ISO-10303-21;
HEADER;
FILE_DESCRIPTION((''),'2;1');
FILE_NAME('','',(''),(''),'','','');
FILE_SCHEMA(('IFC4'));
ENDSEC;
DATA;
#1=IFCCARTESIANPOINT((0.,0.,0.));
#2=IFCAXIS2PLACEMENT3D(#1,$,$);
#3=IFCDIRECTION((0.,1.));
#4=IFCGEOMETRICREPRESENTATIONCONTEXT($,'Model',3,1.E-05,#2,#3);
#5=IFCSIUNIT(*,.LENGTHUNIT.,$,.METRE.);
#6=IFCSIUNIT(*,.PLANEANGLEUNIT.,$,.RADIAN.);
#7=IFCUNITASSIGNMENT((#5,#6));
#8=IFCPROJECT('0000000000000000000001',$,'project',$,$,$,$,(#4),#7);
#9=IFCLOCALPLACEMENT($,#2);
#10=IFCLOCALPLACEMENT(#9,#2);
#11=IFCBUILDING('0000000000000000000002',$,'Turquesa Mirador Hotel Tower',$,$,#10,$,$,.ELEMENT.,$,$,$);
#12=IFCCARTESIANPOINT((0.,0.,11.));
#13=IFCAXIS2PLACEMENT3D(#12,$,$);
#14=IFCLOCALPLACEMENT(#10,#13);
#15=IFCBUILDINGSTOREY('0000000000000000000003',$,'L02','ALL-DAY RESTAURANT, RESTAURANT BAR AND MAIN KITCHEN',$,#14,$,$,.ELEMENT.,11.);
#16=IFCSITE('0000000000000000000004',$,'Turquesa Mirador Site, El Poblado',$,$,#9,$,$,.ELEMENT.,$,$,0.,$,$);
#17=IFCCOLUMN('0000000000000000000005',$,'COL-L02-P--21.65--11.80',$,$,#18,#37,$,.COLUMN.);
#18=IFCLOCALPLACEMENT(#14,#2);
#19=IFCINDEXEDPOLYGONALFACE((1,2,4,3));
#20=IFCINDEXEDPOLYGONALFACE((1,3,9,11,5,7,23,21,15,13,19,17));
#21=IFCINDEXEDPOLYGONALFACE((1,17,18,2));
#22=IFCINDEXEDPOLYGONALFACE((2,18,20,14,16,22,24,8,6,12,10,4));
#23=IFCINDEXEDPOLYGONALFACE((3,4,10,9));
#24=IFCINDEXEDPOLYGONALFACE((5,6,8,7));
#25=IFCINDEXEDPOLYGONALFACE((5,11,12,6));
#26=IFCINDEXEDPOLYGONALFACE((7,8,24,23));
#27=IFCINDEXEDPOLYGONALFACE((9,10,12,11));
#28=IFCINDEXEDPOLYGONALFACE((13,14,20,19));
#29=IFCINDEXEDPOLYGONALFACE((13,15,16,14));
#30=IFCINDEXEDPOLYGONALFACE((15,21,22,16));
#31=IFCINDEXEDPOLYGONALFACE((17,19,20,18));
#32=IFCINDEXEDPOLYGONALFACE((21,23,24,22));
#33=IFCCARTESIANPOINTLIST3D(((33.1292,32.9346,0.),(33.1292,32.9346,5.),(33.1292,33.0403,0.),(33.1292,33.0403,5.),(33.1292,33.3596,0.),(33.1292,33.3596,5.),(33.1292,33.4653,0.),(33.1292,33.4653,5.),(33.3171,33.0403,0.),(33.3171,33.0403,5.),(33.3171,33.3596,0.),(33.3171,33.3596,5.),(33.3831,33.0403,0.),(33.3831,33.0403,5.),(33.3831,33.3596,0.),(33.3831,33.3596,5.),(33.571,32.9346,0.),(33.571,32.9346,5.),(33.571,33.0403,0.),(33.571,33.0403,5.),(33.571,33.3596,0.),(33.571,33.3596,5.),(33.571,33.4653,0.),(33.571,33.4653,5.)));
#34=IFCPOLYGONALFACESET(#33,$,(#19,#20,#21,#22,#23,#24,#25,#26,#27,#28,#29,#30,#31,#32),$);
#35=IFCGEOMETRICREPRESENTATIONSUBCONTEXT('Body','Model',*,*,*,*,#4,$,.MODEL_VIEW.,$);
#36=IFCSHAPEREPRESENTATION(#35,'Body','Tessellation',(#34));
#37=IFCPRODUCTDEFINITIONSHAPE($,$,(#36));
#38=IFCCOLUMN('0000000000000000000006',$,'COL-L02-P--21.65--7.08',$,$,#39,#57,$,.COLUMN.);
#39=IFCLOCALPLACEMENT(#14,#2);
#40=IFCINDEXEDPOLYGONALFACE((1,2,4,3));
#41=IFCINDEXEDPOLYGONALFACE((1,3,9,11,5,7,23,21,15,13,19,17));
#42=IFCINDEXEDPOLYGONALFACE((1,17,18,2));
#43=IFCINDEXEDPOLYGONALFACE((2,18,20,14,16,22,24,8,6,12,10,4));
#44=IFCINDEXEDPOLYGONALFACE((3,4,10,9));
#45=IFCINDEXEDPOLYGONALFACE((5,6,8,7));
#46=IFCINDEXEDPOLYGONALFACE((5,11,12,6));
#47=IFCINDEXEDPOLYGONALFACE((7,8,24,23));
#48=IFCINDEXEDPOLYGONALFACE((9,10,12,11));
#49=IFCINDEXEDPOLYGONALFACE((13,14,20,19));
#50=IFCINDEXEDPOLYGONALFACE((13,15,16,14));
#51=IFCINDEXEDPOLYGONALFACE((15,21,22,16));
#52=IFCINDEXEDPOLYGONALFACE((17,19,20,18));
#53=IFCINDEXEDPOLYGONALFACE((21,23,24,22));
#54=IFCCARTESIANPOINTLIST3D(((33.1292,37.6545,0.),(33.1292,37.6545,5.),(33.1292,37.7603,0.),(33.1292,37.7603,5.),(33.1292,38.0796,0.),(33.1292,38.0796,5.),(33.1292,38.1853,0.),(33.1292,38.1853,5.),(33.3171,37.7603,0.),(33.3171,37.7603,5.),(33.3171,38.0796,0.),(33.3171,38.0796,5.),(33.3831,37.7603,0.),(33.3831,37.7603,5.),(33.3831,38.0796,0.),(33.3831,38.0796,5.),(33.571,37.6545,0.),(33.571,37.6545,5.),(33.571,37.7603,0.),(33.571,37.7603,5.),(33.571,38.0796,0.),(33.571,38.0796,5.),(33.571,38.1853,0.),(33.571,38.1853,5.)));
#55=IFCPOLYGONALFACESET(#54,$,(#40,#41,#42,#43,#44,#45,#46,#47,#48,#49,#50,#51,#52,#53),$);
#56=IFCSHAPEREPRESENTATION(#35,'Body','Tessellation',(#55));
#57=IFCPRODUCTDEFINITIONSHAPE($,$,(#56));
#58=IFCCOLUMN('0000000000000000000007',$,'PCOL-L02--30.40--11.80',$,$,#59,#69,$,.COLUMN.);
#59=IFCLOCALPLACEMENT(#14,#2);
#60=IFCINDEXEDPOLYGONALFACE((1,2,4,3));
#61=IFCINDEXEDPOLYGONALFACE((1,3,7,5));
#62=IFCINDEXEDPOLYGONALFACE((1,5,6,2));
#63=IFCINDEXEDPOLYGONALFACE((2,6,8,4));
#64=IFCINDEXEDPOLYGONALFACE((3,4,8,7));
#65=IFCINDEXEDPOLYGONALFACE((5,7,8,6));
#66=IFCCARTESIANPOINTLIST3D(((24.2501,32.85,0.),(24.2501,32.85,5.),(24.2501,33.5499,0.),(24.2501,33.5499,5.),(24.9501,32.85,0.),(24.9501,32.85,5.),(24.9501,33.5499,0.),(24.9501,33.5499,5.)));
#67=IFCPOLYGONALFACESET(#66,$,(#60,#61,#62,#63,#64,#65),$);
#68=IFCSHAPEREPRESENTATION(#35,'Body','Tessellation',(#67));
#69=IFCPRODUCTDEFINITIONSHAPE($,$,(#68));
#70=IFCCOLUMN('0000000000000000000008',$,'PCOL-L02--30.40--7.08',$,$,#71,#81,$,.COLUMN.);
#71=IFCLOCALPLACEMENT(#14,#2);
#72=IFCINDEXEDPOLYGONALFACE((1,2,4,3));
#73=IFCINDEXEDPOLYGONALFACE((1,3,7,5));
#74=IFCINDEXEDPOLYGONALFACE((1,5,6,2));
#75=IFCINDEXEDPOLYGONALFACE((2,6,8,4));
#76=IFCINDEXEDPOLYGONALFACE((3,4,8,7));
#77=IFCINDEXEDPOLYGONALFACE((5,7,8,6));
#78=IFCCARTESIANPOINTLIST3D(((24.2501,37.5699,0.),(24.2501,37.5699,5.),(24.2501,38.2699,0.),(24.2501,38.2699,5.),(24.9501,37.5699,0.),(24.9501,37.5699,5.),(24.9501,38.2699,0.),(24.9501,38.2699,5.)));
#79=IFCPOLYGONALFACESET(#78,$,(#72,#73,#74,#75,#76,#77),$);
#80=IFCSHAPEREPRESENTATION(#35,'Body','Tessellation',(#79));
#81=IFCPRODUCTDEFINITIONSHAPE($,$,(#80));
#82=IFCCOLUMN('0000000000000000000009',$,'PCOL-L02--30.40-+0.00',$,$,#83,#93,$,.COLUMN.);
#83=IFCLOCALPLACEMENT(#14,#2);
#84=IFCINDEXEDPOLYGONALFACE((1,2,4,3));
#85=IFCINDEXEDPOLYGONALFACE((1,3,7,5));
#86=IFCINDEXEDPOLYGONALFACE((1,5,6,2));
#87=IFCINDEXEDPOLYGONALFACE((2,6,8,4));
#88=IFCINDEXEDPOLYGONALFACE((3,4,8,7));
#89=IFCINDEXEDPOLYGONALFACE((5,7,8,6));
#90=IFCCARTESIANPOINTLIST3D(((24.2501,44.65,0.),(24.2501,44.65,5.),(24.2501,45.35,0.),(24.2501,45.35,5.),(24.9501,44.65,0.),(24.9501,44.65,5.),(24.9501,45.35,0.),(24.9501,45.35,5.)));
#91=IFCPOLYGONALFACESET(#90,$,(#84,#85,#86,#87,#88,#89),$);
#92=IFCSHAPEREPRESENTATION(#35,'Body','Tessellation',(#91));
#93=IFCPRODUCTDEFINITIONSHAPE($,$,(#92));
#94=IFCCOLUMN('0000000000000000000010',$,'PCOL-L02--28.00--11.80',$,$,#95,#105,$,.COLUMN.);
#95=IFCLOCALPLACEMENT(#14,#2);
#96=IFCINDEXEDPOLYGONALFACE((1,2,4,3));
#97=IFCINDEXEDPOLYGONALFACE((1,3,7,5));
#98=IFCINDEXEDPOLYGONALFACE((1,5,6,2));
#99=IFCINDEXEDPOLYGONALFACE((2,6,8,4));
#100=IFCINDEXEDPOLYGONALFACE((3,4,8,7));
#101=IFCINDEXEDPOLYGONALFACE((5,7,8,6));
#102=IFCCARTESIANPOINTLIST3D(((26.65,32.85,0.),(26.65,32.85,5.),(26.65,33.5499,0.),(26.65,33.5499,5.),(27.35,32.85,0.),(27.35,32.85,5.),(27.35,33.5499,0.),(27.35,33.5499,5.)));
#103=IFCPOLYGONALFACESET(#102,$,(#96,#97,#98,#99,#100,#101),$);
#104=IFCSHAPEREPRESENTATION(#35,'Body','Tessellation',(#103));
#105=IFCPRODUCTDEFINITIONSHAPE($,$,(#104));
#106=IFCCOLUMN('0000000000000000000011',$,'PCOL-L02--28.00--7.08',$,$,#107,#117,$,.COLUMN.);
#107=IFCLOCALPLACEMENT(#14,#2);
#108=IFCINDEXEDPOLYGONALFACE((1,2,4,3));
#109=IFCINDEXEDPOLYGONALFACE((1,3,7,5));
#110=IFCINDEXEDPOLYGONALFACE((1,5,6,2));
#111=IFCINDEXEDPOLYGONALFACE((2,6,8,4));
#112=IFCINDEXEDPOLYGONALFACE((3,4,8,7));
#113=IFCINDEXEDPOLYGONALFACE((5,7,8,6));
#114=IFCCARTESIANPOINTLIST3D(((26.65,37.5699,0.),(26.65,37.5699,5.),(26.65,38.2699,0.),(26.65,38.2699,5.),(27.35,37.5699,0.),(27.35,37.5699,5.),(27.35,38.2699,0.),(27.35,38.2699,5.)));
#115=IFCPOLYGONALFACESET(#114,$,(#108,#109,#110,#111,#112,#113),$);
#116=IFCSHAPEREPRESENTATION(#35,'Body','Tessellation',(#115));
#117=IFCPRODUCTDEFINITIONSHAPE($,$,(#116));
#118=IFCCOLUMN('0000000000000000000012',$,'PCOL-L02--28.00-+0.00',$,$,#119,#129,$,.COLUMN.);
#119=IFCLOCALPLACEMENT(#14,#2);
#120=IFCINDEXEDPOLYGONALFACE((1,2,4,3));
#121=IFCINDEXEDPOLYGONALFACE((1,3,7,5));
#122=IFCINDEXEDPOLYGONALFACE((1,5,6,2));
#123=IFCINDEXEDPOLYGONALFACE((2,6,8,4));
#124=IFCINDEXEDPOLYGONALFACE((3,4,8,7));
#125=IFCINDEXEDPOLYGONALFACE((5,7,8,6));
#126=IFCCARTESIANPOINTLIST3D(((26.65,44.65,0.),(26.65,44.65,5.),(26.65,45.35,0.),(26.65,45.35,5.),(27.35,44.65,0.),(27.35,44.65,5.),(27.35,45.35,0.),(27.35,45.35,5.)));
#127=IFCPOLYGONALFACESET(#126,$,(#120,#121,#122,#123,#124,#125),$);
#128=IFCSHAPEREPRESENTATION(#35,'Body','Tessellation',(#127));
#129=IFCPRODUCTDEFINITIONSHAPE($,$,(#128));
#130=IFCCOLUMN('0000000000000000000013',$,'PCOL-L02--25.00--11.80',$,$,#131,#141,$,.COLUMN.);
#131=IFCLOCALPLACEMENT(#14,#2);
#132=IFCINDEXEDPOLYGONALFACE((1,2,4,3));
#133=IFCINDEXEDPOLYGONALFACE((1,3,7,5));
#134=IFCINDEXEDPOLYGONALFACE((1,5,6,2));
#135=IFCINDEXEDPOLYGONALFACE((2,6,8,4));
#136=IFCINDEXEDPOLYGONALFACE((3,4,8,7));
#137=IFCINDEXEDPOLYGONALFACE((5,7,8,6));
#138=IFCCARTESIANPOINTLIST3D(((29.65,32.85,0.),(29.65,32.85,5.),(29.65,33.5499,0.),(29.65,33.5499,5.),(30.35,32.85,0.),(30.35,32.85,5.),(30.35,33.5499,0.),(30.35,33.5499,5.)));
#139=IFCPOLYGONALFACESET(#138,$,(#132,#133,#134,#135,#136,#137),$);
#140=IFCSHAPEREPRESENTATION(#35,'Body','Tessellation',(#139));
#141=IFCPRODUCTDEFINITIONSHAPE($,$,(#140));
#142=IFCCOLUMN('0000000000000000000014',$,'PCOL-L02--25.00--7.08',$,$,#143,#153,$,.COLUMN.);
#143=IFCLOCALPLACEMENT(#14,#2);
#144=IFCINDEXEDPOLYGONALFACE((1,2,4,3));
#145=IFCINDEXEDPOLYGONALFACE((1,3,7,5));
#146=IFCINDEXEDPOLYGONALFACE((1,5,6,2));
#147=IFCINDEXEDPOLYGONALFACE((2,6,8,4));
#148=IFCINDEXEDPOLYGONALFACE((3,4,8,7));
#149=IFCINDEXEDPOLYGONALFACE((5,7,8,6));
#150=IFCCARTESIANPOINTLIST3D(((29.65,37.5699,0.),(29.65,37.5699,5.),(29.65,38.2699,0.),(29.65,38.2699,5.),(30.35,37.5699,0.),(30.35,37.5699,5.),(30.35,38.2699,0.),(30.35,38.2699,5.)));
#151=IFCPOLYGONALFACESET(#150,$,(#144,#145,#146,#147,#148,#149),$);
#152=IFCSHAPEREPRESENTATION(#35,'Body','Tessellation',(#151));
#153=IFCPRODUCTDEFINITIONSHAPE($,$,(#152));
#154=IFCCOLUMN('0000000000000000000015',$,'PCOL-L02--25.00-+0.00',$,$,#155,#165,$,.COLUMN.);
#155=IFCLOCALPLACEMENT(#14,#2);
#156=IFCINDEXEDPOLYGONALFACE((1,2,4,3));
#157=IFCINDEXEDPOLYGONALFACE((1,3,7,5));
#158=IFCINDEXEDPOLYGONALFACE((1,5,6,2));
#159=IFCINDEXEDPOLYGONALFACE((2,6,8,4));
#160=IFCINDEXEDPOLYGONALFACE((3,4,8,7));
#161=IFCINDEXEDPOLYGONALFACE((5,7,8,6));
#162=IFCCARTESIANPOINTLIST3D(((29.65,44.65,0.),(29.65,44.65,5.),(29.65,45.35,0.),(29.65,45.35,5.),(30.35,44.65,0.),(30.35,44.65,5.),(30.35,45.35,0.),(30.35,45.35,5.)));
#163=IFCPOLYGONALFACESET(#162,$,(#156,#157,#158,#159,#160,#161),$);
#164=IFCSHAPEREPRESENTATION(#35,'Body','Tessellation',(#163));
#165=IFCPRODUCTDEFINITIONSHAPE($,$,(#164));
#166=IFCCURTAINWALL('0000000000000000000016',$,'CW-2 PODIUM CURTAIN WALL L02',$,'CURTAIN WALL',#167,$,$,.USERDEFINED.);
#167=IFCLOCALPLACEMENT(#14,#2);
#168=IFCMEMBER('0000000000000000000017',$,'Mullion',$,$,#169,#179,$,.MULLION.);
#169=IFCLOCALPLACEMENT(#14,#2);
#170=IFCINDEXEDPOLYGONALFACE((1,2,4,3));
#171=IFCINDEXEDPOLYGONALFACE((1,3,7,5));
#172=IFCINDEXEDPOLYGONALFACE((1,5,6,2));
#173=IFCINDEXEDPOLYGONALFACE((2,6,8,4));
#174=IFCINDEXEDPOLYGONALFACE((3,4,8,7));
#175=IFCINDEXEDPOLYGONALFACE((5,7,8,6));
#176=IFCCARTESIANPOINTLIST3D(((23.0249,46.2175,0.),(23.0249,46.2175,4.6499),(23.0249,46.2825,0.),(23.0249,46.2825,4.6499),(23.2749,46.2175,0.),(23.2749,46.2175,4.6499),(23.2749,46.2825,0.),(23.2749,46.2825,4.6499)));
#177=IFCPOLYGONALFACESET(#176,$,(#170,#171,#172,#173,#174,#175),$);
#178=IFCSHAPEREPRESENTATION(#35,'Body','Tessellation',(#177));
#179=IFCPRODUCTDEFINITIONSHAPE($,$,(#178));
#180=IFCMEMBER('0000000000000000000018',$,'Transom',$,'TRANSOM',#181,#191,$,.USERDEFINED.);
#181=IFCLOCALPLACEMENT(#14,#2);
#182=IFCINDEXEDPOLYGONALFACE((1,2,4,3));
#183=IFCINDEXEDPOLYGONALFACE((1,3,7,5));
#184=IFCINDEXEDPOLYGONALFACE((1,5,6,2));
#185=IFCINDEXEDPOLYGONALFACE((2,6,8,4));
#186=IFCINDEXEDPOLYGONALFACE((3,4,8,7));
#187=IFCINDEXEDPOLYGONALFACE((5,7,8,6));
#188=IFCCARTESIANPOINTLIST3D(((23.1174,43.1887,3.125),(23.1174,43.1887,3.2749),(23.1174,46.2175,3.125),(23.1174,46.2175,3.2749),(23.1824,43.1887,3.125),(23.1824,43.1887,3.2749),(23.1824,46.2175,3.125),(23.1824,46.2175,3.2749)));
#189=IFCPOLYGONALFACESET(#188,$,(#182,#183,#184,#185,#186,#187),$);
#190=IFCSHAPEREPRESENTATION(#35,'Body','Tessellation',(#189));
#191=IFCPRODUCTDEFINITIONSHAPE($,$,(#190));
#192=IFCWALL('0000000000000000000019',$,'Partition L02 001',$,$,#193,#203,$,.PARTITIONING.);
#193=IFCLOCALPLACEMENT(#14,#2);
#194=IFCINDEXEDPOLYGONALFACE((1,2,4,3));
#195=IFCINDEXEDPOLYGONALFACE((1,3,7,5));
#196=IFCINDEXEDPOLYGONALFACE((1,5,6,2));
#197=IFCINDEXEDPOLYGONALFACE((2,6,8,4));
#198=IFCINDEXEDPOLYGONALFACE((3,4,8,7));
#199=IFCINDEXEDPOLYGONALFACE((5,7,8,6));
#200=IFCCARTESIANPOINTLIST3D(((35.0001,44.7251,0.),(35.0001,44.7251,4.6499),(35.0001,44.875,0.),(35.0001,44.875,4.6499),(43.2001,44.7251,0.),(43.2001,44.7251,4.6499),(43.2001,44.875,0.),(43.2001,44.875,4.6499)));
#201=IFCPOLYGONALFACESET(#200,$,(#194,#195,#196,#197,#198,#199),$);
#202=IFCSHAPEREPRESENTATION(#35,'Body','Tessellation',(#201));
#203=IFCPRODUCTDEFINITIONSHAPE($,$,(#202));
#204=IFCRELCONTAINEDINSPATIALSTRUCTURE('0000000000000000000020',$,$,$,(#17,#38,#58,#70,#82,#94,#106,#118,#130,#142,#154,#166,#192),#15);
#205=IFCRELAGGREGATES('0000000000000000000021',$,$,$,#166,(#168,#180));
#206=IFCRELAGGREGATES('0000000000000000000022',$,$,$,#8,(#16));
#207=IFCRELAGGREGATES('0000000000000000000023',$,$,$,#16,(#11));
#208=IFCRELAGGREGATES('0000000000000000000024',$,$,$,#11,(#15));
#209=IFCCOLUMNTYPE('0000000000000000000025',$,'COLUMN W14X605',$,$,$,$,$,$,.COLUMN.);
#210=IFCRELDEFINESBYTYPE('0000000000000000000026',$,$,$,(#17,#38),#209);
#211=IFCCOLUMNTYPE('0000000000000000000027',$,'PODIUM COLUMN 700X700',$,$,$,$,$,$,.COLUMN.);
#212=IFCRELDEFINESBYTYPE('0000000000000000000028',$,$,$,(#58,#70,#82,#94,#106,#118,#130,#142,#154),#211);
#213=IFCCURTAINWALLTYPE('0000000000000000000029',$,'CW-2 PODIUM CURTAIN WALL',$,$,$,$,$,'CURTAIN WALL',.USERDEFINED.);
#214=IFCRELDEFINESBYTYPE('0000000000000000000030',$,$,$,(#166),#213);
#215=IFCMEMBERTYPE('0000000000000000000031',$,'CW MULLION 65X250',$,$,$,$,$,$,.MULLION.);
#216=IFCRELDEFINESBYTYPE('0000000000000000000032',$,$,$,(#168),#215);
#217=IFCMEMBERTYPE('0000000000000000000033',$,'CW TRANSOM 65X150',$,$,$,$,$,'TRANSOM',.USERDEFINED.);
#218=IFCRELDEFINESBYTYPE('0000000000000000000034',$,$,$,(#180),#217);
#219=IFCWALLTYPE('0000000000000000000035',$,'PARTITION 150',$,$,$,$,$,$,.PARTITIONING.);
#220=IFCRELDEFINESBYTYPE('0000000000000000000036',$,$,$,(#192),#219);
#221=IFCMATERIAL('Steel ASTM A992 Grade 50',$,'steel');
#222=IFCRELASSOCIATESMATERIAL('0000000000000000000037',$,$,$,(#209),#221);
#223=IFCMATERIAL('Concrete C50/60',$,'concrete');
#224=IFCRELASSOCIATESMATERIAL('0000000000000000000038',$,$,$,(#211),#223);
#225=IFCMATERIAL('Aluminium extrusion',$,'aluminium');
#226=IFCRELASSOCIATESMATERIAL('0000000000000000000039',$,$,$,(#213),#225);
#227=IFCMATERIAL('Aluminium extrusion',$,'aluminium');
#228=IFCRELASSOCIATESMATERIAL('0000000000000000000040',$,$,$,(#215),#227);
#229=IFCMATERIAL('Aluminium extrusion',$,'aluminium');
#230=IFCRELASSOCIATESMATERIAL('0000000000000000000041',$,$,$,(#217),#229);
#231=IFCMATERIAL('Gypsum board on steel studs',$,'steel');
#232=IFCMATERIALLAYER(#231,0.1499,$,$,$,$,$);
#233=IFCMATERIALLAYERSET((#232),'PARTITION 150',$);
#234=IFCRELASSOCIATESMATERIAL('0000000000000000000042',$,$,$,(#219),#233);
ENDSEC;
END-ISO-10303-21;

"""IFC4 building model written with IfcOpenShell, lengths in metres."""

from ifc_helpers import new_model, si_unit, direction, frame, frame_2d, origin, origin_2d, place, context, subcontext, project, spatial, rectangle, i_section, extrude, material, layer, layer_set, material_profile, profile_set, type_object, element, aggregate, save


model = new_model("IFC4")

# Units and contexts
model_context = context("Model", 3, precision=1e-05, world=origin(), true_north=direction((0.0, 1.0)))
body_context = subcontext(model_context, "Body", "Model", "MODEL_VIEW")
ifc_project = project(units=[si_unit("LENGTHUNIT", "METRE"), si_unit("PLANEANGLEUNIT", "RADIAN")], contexts=[model_context])

# Site, building, storey
site_placement = place(None, origin())
site = spatial("IfcSite", under=ifc_project, at=site_placement, Name="Turquesa Mirador Site, El Poblado", CompositionType="ELEMENT", RefElevation=0.0)
building_placement = place(site_placement, origin())
building = spatial("IfcBuilding", under=site, at=building_placement, Name="Turquesa Mirador Hotel Tower", CompositionType="ELEMENT")
storey_placement = place(building_placement, frame((0.0, 0.0, 11.0)))
storey = spatial("IfcBuildingStorey", under=building, at=storey_placement, Name="L02", Description="ALL-DAY RESTAURANT, RESTAURANT BAR AND MAIN KITCHEN", CompositionType="ELEMENT", Elevation=11.0)

# Columns
ifc_material_1 = material(Name="Steel ASTM A992 Grade 50", Category="steel")
ifc_material_profile_1 = material_profile(ifc_material_1, i_section(OverallWidth=0.4419, OverallDepth=0.5308, WebThickness=0.0659, FlangeThickness=0.1057, at=origin_2d()), Name="W14X605")
ifc_profile_set_1 = profile_set([ifc_material_profile_1], Name="Steel ASTM A992 Grade 50")
column_type_1 = type_object("IfcColumnType", Name="COLUMN W14X605", PredefinedType="COLUMN", material=ifc_profile_set_1)
for number, where, z_axis, x_axis, name in (
    (1, (33.3501, 33.2, 0.0), (0.0, 0.0, 1.0), (1.0, 0.0, 0.0), "COL-L02-P--21.65--11.80"),
    (2, (33.3501, 37.9199, 0.0), (0.0, 0.0, 1.0), (1.0, 0.0, 0.0), "COL-L02-P--21.65--7.08"),
):
    element("IfcColumn", number, at=place(storey_placement, frame(where, z_axis=z_axis, x_axis=x_axis)), inside=storey, type_object=column_type_1, Name=name, PredefinedType="COLUMN", context=body_context, shape_type="SweptSolid", body=[
        extrude(i_section(OverallWidth=0.4419, OverallDepth=0.5308, WebThickness=0.0659, FlangeThickness=0.1057, at=origin_2d()), origin(), (0.0, 0.0, 1.0), 5.0),
    ])
ifc_material_2 = material(Name="Concrete C50/60", Category="concrete")
ifc_material_profile_2 = material_profile(ifc_material_2, rectangle(XDim=0.7, YDim=0.7, at=origin_2d()), Name="RC 700X700")
ifc_profile_set_2 = profile_set([ifc_material_profile_2], Name="Concrete C50/60")
column_type_2 = type_object("IfcColumnType", Name="PODIUM COLUMN 700X700", PredefinedType="COLUMN", material=ifc_profile_set_2)
for number, where, z_axis, x_axis, name in (
    (3, (24.6001, 33.2, 0.0), (0.0, 0.0, 1.0), (1.0, 0.0, 0.0), "PCOL-L02--30.40--11.80"),
    (4, (24.6001, 37.9199, 0.0), (0.0, 0.0, 1.0), (1.0, 0.0, 0.0), "PCOL-L02--30.40--7.08"),
    (5, (24.6001, 45.0, 0.0), (0.0, 0.0, 1.0), (1.0, 0.0, 0.0), "PCOL-L02--30.40-+0.00"),
    (6, (27.0, 33.2, 0.0), (0.0, 0.0, 1.0), (1.0, 0.0, 0.0), "PCOL-L02--28.00--11.80"),
    (7, (27.0, 37.9199, 0.0), (0.0, 0.0, 1.0), (1.0, 0.0, 0.0), "PCOL-L02--28.00--7.08"),
    (8, (27.0, 45.0, 0.0), (0.0, 0.0, 1.0), (1.0, 0.0, 0.0), "PCOL-L02--28.00-+0.00"),
    (9, (30.0, 33.2, 0.0), (0.0, 0.0, 1.0), (1.0, 0.0, 0.0), "PCOL-L02--25.00--11.80"),
    (10, (30.0, 37.9199, 0.0), (0.0, 0.0, 1.0), (1.0, 0.0, 0.0), "PCOL-L02--25.00--7.08"),
    (11, (30.0, 45.0, 0.0), (0.0, 0.0, 1.0), (1.0, 0.0, 0.0), "PCOL-L02--25.00-+0.00"),
):
    element("IfcColumn", number, at=place(storey_placement, frame(where, z_axis=z_axis, x_axis=x_axis)), inside=storey, type_object=column_type_2, Name=name, PredefinedType="COLUMN", context=body_context, shape_type="SweptSolid", body=[
        extrude(rectangle(XDim=0.7, YDim=0.7, at=origin_2d()), origin(), (0.0, 0.0, 1.0), 5.0),
    ])

# Curtain wall, members
ifc_material_3 = material(Name="Aluminium extrusion", Category="aluminium")
curtain_wall_type = type_object("IfcCurtainWallType", Name="CW-2 PODIUM CURTAIN WALL", ElementType="CURTAIN WALL", PredefinedType="USERDEFINED", material=ifc_material_3)
curtain_wall_placement = place(storey_placement, origin())
curtain_wall = element("IfcCurtainWall", 12, at=curtain_wall_placement, inside=storey, type_object=curtain_wall_type, Name="CW-2 PODIUM CURTAIN WALL L02", ObjectType="CURTAIN WALL", PredefinedType="USERDEFINED")
ifc_material_4 = material(Name="Aluminium extrusion", Category="aluminium")
ifc_material_profile_3 = material_profile(ifc_material_4, rectangle(XDim=0.0649, YDim=0.25, at=origin_2d()), Name="MULLION 65X250")
ifc_profile_set_3 = profile_set([ifc_material_profile_3], Name="Aluminium extrusion")
member_type_1 = type_object("IfcMemberType", Name="CW MULLION 65X250", PredefinedType="MULLION", material=ifc_profile_set_3)
member_1_placement = place(storey_placement, frame((23.1499, 46.25, 0.0), z_axis=(0.0, 0.0, 1.0), x_axis=(0.0, -1.0, 0.0)))
member_1 = element("IfcMember", 13, at=member_1_placement, type_object=member_type_1, Name="Mullion", PredefinedType="MULLION", context=body_context, shape_type="SweptSolid", body=[
    extrude(rectangle(XDim=0.0649, YDim=0.25, at=origin_2d()), origin(), (0.0, 0.0, 1.0), 4.6499),
])
ifc_material_5 = material(Name="Aluminium extrusion", Category="aluminium")
ifc_material_profile_4 = material_profile(ifc_material_5, rectangle(XDim=0.0649, YDim=0.1499, at=origin_2d()), Name="TRANSOM 65X150")
ifc_profile_set_4 = profile_set([ifc_material_profile_4], Name="Aluminium extrusion")
member_type_2 = type_object("IfcMemberType", Name="CW TRANSOM 65X150", ElementType="TRANSOM", PredefinedType="USERDEFINED", material=ifc_profile_set_4)
member_2_placement = place(storey_placement, frame((23.1499, 46.2175, 3.2), z_axis=(0.0, -1.0, 0.0), x_axis=(1.0, 0.0, 0.0)))
member_2 = element("IfcMember", 14, at=member_2_placement, type_object=member_type_2, Name="Transom", ObjectType="TRANSOM", PredefinedType="USERDEFINED", context=body_context, shape_type="SweptSolid", body=[
    extrude(rectangle(XDim=0.0649, YDim=0.1499, at=origin_2d()), origin(), (0.0, 0.0, 1.0), 3.0288),
])
aggregate(curtain_wall, [member_1, member_2])

# Wall
ifc_material_6 = material(Name="Gypsum board on steel studs", Category="steel")
ifc_layer = layer(ifc_material_6, 0.1499)
ifc_layer_set = layer_set([ifc_layer], Name="PARTITION 150")
wall_type = type_object("IfcWallType", Name="PARTITION 150", PredefinedType="PARTITIONING", material=ifc_layer_set)
wall_1_placement = place(storey_placement, frame((35.0, 44.8, 0.0), z_axis=(0.0, 0.0, 1.0), x_axis=(1.0, 0.0, 0.0)))
element("IfcWall", 15, at=wall_1_placement, inside=storey, type_object=wall_type, Name="Partition L02 001", PredefinedType="PARTITIONING", context=body_context, shape_type="SweptSolid", body=[
    extrude(rectangle(XDim=8.2, YDim=0.1499, at=frame_2d((4.1001, 0.0))), origin(), (0.0, 0.0, 1.0), 4.6499),
])

save(model, "model.ifc")
